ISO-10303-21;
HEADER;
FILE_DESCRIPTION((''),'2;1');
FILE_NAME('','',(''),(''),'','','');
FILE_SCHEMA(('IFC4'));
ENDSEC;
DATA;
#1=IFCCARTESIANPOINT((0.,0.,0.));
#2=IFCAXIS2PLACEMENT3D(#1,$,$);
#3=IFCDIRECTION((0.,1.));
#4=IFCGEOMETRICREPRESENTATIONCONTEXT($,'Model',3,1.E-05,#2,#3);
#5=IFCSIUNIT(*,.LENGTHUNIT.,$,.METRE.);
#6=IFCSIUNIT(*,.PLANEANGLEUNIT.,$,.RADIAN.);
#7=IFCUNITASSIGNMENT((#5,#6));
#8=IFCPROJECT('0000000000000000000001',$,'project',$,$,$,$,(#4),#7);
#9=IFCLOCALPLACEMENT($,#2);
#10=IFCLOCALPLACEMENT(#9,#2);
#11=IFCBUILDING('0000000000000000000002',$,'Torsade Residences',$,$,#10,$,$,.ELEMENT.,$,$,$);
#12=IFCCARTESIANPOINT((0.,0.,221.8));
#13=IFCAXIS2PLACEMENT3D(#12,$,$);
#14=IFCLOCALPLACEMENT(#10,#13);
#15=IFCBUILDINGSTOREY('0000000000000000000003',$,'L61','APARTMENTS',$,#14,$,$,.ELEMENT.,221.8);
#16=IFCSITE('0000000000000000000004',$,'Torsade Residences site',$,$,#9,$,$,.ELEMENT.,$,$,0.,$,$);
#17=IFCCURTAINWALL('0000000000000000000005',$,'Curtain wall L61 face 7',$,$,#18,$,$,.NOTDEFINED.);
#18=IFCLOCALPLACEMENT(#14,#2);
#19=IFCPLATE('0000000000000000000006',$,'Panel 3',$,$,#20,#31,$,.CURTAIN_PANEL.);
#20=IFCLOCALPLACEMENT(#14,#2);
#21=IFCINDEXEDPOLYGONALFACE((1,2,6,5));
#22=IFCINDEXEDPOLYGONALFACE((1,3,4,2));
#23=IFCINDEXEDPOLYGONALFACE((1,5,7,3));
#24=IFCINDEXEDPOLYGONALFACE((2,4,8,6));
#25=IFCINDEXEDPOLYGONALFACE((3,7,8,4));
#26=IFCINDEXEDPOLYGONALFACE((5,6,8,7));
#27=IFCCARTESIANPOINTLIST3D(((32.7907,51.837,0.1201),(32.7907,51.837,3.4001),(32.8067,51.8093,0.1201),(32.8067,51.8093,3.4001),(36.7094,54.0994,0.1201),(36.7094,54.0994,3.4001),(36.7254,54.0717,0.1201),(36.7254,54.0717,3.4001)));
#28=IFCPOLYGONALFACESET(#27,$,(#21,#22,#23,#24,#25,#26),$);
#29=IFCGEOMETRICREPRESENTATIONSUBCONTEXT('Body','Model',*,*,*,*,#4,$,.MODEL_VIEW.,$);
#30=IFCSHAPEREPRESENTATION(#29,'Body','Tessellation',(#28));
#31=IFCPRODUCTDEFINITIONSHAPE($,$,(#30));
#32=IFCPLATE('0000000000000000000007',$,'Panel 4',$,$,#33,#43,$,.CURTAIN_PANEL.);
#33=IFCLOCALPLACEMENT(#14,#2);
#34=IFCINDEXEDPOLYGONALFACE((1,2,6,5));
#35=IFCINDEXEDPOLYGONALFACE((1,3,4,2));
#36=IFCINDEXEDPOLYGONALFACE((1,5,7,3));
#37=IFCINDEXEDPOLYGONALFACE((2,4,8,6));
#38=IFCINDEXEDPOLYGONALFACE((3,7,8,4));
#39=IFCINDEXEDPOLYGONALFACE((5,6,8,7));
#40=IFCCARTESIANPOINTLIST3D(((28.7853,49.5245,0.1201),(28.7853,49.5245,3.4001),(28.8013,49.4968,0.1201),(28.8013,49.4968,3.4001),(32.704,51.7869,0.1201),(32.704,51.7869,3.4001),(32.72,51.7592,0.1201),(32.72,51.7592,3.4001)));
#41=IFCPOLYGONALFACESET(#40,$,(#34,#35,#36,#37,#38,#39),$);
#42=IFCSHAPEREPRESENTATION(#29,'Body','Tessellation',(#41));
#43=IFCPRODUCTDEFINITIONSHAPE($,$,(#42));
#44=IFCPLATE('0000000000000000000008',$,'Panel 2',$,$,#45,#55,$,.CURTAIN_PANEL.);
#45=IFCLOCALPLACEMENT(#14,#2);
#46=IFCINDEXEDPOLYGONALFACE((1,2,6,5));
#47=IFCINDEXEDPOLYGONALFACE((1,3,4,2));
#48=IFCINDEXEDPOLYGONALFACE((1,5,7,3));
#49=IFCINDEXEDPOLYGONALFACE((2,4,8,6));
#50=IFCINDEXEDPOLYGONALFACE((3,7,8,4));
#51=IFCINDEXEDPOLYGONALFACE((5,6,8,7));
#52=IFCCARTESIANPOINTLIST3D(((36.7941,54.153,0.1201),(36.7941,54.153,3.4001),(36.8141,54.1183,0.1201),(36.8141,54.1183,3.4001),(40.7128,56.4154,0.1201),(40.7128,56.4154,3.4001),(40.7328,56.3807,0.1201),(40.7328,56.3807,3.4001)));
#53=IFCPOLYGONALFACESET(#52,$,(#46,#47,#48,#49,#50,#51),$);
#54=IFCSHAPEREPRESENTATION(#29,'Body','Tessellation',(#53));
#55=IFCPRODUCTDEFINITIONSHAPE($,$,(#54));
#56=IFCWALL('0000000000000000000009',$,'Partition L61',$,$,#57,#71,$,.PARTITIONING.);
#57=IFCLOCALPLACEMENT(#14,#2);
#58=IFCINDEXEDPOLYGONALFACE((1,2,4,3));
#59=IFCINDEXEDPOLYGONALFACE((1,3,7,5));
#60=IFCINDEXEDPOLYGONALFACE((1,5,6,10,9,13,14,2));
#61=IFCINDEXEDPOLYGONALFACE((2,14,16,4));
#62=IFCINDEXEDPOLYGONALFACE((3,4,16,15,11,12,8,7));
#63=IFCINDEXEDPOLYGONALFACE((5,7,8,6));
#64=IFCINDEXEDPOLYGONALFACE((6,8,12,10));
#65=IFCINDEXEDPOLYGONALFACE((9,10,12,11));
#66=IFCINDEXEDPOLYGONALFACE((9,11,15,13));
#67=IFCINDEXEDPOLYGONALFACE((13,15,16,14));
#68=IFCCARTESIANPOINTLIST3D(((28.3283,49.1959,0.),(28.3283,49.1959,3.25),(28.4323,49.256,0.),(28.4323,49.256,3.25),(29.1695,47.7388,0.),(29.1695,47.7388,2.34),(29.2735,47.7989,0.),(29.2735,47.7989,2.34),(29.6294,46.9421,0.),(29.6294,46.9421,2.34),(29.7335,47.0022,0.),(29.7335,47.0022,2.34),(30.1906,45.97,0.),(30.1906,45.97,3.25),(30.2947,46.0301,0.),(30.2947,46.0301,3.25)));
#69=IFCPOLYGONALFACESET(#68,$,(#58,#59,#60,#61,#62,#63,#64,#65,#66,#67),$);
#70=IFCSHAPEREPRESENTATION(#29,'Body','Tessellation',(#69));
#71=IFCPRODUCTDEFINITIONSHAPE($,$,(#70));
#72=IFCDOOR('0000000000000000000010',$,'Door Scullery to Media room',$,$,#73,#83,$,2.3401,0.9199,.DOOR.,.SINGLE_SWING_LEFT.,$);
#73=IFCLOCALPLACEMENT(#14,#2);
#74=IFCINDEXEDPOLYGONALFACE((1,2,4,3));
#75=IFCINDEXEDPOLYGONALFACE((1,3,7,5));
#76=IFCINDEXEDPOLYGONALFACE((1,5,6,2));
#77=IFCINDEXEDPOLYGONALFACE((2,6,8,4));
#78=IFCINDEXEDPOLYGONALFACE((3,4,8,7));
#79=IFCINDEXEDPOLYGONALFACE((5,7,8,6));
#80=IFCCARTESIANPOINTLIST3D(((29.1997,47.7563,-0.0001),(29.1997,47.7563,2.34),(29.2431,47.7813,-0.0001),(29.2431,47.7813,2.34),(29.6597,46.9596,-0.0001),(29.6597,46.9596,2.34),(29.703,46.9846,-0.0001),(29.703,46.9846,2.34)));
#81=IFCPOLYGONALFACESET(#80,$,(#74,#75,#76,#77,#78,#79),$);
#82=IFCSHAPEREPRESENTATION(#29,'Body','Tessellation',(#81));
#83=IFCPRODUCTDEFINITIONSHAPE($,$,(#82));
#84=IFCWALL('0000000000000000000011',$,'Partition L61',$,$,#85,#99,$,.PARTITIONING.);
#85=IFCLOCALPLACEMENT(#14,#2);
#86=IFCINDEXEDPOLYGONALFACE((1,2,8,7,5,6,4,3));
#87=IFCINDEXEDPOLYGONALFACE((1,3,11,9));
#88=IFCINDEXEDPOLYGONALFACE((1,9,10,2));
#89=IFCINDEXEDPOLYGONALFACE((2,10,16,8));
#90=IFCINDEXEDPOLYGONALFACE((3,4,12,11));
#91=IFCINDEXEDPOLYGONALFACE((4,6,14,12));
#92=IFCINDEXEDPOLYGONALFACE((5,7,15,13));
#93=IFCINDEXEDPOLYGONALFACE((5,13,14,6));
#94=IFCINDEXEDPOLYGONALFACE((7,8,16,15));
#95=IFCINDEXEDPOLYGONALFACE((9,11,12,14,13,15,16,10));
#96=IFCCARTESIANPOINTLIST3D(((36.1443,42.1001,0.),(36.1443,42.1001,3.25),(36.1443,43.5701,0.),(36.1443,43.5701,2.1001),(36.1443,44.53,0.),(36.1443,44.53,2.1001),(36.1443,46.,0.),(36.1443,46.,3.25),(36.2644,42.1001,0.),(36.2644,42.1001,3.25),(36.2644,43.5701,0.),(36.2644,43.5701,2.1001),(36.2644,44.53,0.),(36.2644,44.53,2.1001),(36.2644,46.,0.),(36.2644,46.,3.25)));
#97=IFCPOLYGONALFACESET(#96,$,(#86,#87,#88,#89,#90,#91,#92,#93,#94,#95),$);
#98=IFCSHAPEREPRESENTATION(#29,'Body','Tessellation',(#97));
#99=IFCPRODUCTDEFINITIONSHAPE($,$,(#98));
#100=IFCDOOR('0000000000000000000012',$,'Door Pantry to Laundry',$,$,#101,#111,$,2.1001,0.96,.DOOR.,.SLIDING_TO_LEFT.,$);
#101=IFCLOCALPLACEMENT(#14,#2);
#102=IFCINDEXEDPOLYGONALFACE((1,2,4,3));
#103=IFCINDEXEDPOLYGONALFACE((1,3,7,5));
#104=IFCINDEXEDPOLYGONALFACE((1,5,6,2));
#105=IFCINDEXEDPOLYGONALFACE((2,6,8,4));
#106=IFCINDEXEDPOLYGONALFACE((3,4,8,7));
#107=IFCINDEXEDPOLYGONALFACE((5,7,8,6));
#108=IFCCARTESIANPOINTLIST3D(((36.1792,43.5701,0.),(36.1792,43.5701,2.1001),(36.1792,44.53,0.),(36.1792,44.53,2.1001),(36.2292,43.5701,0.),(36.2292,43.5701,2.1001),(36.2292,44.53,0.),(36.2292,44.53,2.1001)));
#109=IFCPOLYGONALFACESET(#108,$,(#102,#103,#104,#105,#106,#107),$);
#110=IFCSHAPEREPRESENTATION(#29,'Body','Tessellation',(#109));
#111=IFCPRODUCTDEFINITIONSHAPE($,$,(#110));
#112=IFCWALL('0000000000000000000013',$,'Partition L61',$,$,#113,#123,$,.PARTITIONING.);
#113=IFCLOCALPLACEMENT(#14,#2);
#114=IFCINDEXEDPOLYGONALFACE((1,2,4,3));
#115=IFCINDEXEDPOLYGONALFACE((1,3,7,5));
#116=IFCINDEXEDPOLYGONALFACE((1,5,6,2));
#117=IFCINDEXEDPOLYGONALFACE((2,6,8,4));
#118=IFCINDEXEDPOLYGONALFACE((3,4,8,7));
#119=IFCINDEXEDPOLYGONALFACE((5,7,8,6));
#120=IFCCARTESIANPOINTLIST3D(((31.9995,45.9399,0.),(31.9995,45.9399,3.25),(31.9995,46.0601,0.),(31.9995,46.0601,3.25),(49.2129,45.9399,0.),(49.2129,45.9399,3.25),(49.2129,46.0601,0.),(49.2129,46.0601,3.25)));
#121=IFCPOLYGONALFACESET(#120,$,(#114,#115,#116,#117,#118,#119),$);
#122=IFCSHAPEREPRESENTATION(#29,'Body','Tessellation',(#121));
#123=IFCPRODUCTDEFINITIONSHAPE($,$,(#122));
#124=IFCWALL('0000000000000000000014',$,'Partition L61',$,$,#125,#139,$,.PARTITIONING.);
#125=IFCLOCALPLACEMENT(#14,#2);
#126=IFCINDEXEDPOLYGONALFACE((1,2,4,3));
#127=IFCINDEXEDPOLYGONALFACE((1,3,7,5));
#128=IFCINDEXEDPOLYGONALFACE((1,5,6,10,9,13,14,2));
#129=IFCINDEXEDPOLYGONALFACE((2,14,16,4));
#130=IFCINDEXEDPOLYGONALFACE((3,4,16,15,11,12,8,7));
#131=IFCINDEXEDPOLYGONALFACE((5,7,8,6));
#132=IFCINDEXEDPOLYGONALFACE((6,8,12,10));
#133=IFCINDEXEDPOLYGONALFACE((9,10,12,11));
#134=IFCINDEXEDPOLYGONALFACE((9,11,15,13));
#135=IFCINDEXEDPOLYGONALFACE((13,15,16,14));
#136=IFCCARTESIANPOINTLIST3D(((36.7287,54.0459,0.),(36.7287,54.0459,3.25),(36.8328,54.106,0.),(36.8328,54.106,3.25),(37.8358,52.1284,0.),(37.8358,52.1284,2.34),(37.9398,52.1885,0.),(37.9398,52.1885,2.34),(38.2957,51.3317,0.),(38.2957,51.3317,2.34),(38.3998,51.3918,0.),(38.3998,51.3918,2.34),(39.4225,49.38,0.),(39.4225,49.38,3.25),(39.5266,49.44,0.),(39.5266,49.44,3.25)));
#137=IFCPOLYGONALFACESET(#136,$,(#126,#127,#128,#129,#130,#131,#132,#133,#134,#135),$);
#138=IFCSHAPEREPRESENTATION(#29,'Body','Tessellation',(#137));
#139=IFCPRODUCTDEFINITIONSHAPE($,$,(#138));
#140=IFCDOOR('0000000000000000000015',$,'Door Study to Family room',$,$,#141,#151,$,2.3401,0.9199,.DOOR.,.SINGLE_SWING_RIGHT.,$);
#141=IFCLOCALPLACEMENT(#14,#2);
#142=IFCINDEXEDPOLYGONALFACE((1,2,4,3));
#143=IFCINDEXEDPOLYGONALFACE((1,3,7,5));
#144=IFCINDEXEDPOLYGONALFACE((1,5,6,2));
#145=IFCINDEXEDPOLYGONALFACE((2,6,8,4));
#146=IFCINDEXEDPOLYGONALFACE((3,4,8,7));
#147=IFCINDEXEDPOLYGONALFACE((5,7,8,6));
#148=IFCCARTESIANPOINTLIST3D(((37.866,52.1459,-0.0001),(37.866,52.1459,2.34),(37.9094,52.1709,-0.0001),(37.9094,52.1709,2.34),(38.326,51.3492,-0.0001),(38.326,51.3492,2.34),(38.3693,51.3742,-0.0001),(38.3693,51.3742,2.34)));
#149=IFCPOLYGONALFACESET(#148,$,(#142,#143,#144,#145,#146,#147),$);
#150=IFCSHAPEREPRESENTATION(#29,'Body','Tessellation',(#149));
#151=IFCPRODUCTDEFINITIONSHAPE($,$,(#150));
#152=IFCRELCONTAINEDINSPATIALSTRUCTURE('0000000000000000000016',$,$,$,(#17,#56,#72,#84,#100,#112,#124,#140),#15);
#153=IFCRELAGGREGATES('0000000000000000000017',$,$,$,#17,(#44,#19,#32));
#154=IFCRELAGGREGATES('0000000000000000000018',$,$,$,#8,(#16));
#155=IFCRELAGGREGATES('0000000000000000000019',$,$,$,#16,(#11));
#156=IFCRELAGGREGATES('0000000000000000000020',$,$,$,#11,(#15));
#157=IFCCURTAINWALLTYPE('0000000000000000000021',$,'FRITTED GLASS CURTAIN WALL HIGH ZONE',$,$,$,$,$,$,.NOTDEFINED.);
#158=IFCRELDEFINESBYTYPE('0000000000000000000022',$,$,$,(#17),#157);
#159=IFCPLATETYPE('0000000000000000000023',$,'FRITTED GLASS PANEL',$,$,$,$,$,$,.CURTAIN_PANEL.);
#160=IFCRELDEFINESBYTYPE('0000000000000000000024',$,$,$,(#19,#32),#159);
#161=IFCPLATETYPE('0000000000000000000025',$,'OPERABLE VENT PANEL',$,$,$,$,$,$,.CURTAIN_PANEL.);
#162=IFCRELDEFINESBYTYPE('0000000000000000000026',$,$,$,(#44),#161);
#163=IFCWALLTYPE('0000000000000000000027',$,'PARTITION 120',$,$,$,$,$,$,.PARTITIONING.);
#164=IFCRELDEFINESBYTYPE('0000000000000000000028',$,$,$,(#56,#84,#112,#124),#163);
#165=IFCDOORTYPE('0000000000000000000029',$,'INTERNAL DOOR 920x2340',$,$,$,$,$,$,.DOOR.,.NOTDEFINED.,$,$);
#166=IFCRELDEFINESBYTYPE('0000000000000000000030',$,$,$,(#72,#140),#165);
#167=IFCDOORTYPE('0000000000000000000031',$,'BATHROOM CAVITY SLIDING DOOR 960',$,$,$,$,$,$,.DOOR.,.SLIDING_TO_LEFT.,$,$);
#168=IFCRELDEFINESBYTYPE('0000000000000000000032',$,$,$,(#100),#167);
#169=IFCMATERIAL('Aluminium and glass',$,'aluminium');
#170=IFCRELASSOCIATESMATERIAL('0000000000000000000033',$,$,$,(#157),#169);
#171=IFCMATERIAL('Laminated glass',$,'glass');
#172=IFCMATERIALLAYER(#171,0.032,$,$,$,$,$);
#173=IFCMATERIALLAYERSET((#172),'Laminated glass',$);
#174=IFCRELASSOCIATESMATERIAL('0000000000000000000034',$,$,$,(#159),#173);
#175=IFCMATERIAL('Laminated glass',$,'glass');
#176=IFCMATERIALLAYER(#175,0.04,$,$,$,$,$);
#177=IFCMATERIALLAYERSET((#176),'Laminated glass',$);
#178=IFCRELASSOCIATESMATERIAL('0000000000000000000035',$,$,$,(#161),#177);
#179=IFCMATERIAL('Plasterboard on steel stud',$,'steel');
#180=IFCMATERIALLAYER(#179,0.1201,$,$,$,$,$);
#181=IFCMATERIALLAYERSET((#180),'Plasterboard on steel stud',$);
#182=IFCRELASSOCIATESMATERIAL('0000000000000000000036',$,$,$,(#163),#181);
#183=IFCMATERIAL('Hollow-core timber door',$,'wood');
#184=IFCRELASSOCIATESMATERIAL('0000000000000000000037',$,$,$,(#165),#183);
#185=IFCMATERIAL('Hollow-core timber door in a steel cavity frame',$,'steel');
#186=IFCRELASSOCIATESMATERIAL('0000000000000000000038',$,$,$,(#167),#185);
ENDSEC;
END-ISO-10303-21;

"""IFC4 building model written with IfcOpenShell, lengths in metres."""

from ifc_helpers import new_model, si_unit, direction, frame, frame_2d, origin, origin_2d, place, context, subcontext, project, spatial, rectangle, extrude, material, layer, layer_set, type_object, element, fill, aggregate, save


model = new_model("IFC4")

# Units and contexts
model_context = context("Model", 3, precision=1e-05, world=origin(), true_north=direction((0.0, 1.0)))
body_context = subcontext(model_context, "Body", "Model", "MODEL_VIEW")
ifc_project = project(units=[si_unit("LENGTHUNIT", "METRE"), si_unit("PLANEANGLEUNIT", "RADIAN")], contexts=[model_context])

# Site, building, storey
site_placement = place(None, origin())
site = spatial("IfcSite", under=ifc_project, at=site_placement, Name="Torsade Residences site", CompositionType="ELEMENT", RefElevation=0.0)
building_placement = place(site_placement, origin())
building = spatial("IfcBuilding", under=site, at=building_placement, Name="Torsade Residences", CompositionType="ELEMENT")
storey_placement = place(building_placement, frame((0.0, 0.0, 221.8)))
storey = spatial("IfcBuildingStorey", under=building, at=storey_placement, Name="L61", Description="APARTMENTS", CompositionType="ELEMENT", Elevation=221.8)

# Curtain wall
ifc_material_1 = material(Name="Aluminium and glass", Category="aluminium")
curtain_wall_type = type_object("IfcCurtainWallType", Name="FRITTED GLASS CURTAIN WALL HIGH ZONE", PredefinedType="NOTDEFINED", material=ifc_material_1)
curtain_wall_placement = place(storey_placement, origin())
curtain_wall = element("IfcCurtainWall", 1, at=curtain_wall_placement, inside=storey, type_object=curtain_wall_type, Name="Curtain wall L61 face 7", PredefinedType="NOTDEFINED")

# Plates
ifc_material_2 = material(Name="Laminated glass", Category="glass")
ifc_layer_1 = layer(ifc_material_2, 0.032)
ifc_layer_set_1 = layer_set([ifc_layer_1], Name="Laminated glass")
plate_type_1 = type_object("IfcPlateType", Name="FRITTED GLASS PANEL", PredefinedType="CURTAIN_PANEL", material=ifc_layer_set_1)
plate_1_placement = place(storey_placement, frame((34.7581, 52.9543, 0.1201), z_axis=(0.0, 0.0, 1.0), x_axis=(-0.866025, -0.5, 0.0)))
plate_1 = element("IfcPlate", 2, at=plate_1_placement, type_object=plate_type_1, Name="Panel 3", PredefinedType="CURTAIN_PANEL", context=body_context, shape_type="SweptSolid", body=[
    extrude(rectangle(XDim=4.5249, YDim=0.032, at=origin_2d()), origin(), (0.0, 0.0, 1.0), 3.28),
])
plate_2_placement = place(storey_placement, frame((30.7527, 50.6418, 0.1201), z_axis=(0.0, 0.0, 1.0), x_axis=(-0.866025, -0.5, 0.0)))
plate_2 = element("IfcPlate", 3, at=plate_2_placement, type_object=plate_type_1, Name="Panel 4", PredefinedType="CURTAIN_PANEL", context=body_context, shape_type="SweptSolid", body=[
    extrude(rectangle(XDim=4.5249, YDim=0.032, at=origin_2d()), origin(), (0.0, 0.0, 1.0), 3.28),
])
ifc_material_3 = material(Name="Laminated glass", Category="glass")
ifc_layer_2 = layer(ifc_material_3, 0.04)
ifc_layer_set_2 = layer_set([ifc_layer_2], Name="Laminated glass")
plate_type_2 = type_object("IfcPlateType", Name="OPERABLE VENT PANEL", PredefinedType="CURTAIN_PANEL", material=ifc_layer_set_2)
plate_3_placement = place(storey_placement, frame((38.7634, 55.2668, 0.1201), z_axis=(0.0, 0.0, 1.0), x_axis=(-0.866025, -0.5, 0.0)))
plate_3 = element("IfcPlate", 4, at=plate_3_placement, type_object=plate_type_2, Name="Panel 2", PredefinedType="CURTAIN_PANEL", context=body_context, shape_type="SweptSolid", body=[
    extrude(rectangle(XDim=4.5249, YDim=0.04, at=origin_2d()), origin(), (0.0, 0.0, 1.0), 3.28),
])
aggregate(curtain_wall, [plate_3, plate_1, plate_2])

# Walls, openings, doors
ifc_material_4 = material(Name="Plasterboard on steel stud", Category="steel")
ifc_layer_3 = layer(ifc_material_4, 0.1201)
ifc_layer_set_3 = layer_set([ifc_layer_3], Name="Plasterboard on steel stud")
wall_type_1 = type_object("IfcWallType", Name="PARTITION 120", PredefinedType="PARTITIONING", material=ifc_layer_set_3)
wall_1_placement = place(storey_placement, frame((28.3804, 49.2258, 0.0), z_axis=(0.0, 0.0, 1.0), x_axis=(0.499974, -0.86604, 0.0)))
wall_1 = element("IfcWall", 5, at=wall_1_placement, inside=storey, type_object=wall_type_1, Name="Partition L61", PredefinedType="PARTITIONING", context=body_context, shape_type="SweptSolid", body=[
    extrude(rectangle(XDim=3.7249, YDim=0.1201, at=frame_2d((1.8623, 0.0))), origin(), (0.0, 0.0, 1.0), 3.25),
])
opening_1_placement = place(wall_1_placement, frame((1.6824, 0.0, 0.0)))
opening_1 = element("IfcOpeningElement", 6, at=opening_1_placement, cuts=wall_1, PredefinedType="OPENING", context=body_context, shape_type="SweptSolid", body=[
    extrude(rectangle(XDim=0.9199, YDim=2.3401, at=frame_2d((0.46, 1.1699))), frame((0.0, 0.0701, 0.0), z_axis=(0.0, -1.0, 0.0), x_axis=(1.0, 0.0, 0.0)), (0.0, 0.0, 1.0), 0.1401),
])
ifc_material_5 = material(Name="Hollow-core timber door", Category="wood")
door_type_1 = type_object("IfcDoorType", Name="INTERNAL DOOR 920x2340", OperationType="NOTDEFINED", PredefinedType="DOOR", material=ifc_material_5)
door_1_placement = place(opening_1_placement, origin())
door_1 = element("IfcDoor", 7, at=door_1_placement, inside=storey, type_object=door_type_1, Name="Door Scullery to Media room", OperationType="SINGLE_SWING_LEFT", OverallHeight=2.3401, OverallWidth=0.9199, PredefinedType="DOOR", context=body_context, shape_type="SweptSolid", body=[
    extrude(rectangle(XDim=0.9199, YDim=2.3401, at=frame_2d((0.46, 1.1699))), frame((0.0, 0.0249, 0.0), z_axis=(0.0, -1.0, 0.0), x_axis=(1.0, 0.0, 0.0)), (0.0, 0.0, 1.0), 0.05),
])
fill(opening_1, door_1)
wall_2_placement = place(storey_placement, frame((36.2043, 46.0, 0.0), z_axis=(0.0, 0.0, 1.0), x_axis=(0.0, -1.0, 0.0)))
wall_2 = element("IfcWall", 8, at=wall_2_placement, inside=storey, type_object=wall_type_1, Name="Partition L61", PredefinedType="PARTITIONING", context=body_context, shape_type="SweptSolid", body=[
    extrude(rectangle(XDim=3.8999, YDim=0.1201, at=frame_2d((1.95, 0.0))), origin(), (0.0, 0.0, 1.0), 3.25),
])
opening_2_placement = place(wall_2_placement, frame((1.47, 0.0, 0.0)))
opening_2 = element("IfcOpeningElement", 9, at=opening_2_placement, cuts=wall_2, PredefinedType="OPENING", context=body_context, shape_type="SweptSolid", body=[
    extrude(rectangle(XDim=0.96, YDim=2.1001, at=frame_2d((0.48, 1.05))), frame((0.0, 0.0701, 0.0), z_axis=(0.0, -1.0, 0.0), x_axis=(1.0, 0.0, 0.0)), (0.0, 0.0, 1.0), 0.1401),
])
ifc_material_6 = material(Name="Hollow-core timber door in a steel cavity frame", Category="steel")
door_type_2 = type_object("IfcDoorType", Name="BATHROOM CAVITY SLIDING DOOR 960", OperationType="SLIDING_TO_LEFT", PredefinedType="DOOR", material=ifc_material_6)
door_2_placement = place(opening_2_placement, origin())
door_2 = element("IfcDoor", 10, at=door_2_placement, inside=storey, type_object=door_type_2, Name="Door Pantry to Laundry", OperationType="SLIDING_TO_LEFT", OverallHeight=2.1001, OverallWidth=0.96, PredefinedType="DOOR", context=body_context, shape_type="SweptSolid", body=[
    extrude(rectangle(XDim=0.96, YDim=2.1001, at=frame_2d((0.48, 1.05))), frame((0.0, 0.0249, 0.0), z_axis=(0.0, -1.0, 0.0), x_axis=(1.0, 0.0, 0.0)), (0.0, 0.0, 1.0), 0.05),
])
fill(opening_2, door_2)

# Wall
wall_3_placement = place(storey_placement, frame((31.9995, 46.0, 0.0), z_axis=(0.0, 0.0, 1.0), x_axis=(1.0, 0.0, 0.0)))
element("IfcWall", 11, at=wall_3_placement, inside=storey, type_object=wall_type_1, Name="Partition L61", PredefinedType="PARTITIONING", context=body_context, shape_type="SweptSolid", body=[
    extrude(rectangle(XDim=17.2134, YDim=0.1201, at=frame_2d((8.6067, 0.0))), origin(), (0.0, 0.0, 1.0), 3.25),
])

# Wall, opening, door
wall_4_placement = place(storey_placement, frame((36.7808, 54.0759, 0.0), z_axis=(0.0, 0.0, 1.0), x_axis=(0.499989, -0.866032, 0.0)))
wall_4 = element("IfcWall", 12, at=wall_4_placement, inside=storey, type_object=wall_type_1, Name="Partition L61", PredefinedType="PARTITIONING", context=body_context, shape_type="SweptSolid", body=[
    extrude(rectangle(XDim=5.3877, YDim=0.1201, at=frame_2d((2.6938, 0.0))), origin(), (0.0, 0.0, 1.0), 3.25),
])
opening_3_placement = place(wall_4_placement, frame((2.2141, 0.0, 0.0)))
opening_3 = element("IfcOpeningElement", 13, at=opening_3_placement, cuts=wall_4, PredefinedType="OPENING", context=body_context, shape_type="SweptSolid", body=[
    extrude(rectangle(XDim=0.9199, YDim=2.3401, at=frame_2d((0.46, 1.1699))), frame((0.0, 0.0701, 0.0), z_axis=(0.0, -1.0, 0.0), x_axis=(1.0, 0.0, 0.0)), (0.0, 0.0, 1.0), 0.1401),
])
door_3_placement = place(opening_3_placement, origin())
door_3 = element("IfcDoor", 14, at=door_3_placement, inside=storey, type_object=door_type_1, Name="Door Study to Family room", OperationType="SINGLE_SWING_RIGHT", OverallHeight=2.3401, OverallWidth=0.9199, PredefinedType="DOOR", context=body_context, shape_type="SweptSolid", body=[
    extrude(rectangle(XDim=0.9199, YDim=2.3401, at=frame_2d((0.46, 1.1699))), frame((0.0, 0.0249, 0.0), z_axis=(0.0, -1.0, 0.0), x_axis=(1.0, 0.0, 0.0)), (0.0, 0.0, 1.0), 0.05),
])
fill(opening_3, door_3)

save(model, "model.ifc")
